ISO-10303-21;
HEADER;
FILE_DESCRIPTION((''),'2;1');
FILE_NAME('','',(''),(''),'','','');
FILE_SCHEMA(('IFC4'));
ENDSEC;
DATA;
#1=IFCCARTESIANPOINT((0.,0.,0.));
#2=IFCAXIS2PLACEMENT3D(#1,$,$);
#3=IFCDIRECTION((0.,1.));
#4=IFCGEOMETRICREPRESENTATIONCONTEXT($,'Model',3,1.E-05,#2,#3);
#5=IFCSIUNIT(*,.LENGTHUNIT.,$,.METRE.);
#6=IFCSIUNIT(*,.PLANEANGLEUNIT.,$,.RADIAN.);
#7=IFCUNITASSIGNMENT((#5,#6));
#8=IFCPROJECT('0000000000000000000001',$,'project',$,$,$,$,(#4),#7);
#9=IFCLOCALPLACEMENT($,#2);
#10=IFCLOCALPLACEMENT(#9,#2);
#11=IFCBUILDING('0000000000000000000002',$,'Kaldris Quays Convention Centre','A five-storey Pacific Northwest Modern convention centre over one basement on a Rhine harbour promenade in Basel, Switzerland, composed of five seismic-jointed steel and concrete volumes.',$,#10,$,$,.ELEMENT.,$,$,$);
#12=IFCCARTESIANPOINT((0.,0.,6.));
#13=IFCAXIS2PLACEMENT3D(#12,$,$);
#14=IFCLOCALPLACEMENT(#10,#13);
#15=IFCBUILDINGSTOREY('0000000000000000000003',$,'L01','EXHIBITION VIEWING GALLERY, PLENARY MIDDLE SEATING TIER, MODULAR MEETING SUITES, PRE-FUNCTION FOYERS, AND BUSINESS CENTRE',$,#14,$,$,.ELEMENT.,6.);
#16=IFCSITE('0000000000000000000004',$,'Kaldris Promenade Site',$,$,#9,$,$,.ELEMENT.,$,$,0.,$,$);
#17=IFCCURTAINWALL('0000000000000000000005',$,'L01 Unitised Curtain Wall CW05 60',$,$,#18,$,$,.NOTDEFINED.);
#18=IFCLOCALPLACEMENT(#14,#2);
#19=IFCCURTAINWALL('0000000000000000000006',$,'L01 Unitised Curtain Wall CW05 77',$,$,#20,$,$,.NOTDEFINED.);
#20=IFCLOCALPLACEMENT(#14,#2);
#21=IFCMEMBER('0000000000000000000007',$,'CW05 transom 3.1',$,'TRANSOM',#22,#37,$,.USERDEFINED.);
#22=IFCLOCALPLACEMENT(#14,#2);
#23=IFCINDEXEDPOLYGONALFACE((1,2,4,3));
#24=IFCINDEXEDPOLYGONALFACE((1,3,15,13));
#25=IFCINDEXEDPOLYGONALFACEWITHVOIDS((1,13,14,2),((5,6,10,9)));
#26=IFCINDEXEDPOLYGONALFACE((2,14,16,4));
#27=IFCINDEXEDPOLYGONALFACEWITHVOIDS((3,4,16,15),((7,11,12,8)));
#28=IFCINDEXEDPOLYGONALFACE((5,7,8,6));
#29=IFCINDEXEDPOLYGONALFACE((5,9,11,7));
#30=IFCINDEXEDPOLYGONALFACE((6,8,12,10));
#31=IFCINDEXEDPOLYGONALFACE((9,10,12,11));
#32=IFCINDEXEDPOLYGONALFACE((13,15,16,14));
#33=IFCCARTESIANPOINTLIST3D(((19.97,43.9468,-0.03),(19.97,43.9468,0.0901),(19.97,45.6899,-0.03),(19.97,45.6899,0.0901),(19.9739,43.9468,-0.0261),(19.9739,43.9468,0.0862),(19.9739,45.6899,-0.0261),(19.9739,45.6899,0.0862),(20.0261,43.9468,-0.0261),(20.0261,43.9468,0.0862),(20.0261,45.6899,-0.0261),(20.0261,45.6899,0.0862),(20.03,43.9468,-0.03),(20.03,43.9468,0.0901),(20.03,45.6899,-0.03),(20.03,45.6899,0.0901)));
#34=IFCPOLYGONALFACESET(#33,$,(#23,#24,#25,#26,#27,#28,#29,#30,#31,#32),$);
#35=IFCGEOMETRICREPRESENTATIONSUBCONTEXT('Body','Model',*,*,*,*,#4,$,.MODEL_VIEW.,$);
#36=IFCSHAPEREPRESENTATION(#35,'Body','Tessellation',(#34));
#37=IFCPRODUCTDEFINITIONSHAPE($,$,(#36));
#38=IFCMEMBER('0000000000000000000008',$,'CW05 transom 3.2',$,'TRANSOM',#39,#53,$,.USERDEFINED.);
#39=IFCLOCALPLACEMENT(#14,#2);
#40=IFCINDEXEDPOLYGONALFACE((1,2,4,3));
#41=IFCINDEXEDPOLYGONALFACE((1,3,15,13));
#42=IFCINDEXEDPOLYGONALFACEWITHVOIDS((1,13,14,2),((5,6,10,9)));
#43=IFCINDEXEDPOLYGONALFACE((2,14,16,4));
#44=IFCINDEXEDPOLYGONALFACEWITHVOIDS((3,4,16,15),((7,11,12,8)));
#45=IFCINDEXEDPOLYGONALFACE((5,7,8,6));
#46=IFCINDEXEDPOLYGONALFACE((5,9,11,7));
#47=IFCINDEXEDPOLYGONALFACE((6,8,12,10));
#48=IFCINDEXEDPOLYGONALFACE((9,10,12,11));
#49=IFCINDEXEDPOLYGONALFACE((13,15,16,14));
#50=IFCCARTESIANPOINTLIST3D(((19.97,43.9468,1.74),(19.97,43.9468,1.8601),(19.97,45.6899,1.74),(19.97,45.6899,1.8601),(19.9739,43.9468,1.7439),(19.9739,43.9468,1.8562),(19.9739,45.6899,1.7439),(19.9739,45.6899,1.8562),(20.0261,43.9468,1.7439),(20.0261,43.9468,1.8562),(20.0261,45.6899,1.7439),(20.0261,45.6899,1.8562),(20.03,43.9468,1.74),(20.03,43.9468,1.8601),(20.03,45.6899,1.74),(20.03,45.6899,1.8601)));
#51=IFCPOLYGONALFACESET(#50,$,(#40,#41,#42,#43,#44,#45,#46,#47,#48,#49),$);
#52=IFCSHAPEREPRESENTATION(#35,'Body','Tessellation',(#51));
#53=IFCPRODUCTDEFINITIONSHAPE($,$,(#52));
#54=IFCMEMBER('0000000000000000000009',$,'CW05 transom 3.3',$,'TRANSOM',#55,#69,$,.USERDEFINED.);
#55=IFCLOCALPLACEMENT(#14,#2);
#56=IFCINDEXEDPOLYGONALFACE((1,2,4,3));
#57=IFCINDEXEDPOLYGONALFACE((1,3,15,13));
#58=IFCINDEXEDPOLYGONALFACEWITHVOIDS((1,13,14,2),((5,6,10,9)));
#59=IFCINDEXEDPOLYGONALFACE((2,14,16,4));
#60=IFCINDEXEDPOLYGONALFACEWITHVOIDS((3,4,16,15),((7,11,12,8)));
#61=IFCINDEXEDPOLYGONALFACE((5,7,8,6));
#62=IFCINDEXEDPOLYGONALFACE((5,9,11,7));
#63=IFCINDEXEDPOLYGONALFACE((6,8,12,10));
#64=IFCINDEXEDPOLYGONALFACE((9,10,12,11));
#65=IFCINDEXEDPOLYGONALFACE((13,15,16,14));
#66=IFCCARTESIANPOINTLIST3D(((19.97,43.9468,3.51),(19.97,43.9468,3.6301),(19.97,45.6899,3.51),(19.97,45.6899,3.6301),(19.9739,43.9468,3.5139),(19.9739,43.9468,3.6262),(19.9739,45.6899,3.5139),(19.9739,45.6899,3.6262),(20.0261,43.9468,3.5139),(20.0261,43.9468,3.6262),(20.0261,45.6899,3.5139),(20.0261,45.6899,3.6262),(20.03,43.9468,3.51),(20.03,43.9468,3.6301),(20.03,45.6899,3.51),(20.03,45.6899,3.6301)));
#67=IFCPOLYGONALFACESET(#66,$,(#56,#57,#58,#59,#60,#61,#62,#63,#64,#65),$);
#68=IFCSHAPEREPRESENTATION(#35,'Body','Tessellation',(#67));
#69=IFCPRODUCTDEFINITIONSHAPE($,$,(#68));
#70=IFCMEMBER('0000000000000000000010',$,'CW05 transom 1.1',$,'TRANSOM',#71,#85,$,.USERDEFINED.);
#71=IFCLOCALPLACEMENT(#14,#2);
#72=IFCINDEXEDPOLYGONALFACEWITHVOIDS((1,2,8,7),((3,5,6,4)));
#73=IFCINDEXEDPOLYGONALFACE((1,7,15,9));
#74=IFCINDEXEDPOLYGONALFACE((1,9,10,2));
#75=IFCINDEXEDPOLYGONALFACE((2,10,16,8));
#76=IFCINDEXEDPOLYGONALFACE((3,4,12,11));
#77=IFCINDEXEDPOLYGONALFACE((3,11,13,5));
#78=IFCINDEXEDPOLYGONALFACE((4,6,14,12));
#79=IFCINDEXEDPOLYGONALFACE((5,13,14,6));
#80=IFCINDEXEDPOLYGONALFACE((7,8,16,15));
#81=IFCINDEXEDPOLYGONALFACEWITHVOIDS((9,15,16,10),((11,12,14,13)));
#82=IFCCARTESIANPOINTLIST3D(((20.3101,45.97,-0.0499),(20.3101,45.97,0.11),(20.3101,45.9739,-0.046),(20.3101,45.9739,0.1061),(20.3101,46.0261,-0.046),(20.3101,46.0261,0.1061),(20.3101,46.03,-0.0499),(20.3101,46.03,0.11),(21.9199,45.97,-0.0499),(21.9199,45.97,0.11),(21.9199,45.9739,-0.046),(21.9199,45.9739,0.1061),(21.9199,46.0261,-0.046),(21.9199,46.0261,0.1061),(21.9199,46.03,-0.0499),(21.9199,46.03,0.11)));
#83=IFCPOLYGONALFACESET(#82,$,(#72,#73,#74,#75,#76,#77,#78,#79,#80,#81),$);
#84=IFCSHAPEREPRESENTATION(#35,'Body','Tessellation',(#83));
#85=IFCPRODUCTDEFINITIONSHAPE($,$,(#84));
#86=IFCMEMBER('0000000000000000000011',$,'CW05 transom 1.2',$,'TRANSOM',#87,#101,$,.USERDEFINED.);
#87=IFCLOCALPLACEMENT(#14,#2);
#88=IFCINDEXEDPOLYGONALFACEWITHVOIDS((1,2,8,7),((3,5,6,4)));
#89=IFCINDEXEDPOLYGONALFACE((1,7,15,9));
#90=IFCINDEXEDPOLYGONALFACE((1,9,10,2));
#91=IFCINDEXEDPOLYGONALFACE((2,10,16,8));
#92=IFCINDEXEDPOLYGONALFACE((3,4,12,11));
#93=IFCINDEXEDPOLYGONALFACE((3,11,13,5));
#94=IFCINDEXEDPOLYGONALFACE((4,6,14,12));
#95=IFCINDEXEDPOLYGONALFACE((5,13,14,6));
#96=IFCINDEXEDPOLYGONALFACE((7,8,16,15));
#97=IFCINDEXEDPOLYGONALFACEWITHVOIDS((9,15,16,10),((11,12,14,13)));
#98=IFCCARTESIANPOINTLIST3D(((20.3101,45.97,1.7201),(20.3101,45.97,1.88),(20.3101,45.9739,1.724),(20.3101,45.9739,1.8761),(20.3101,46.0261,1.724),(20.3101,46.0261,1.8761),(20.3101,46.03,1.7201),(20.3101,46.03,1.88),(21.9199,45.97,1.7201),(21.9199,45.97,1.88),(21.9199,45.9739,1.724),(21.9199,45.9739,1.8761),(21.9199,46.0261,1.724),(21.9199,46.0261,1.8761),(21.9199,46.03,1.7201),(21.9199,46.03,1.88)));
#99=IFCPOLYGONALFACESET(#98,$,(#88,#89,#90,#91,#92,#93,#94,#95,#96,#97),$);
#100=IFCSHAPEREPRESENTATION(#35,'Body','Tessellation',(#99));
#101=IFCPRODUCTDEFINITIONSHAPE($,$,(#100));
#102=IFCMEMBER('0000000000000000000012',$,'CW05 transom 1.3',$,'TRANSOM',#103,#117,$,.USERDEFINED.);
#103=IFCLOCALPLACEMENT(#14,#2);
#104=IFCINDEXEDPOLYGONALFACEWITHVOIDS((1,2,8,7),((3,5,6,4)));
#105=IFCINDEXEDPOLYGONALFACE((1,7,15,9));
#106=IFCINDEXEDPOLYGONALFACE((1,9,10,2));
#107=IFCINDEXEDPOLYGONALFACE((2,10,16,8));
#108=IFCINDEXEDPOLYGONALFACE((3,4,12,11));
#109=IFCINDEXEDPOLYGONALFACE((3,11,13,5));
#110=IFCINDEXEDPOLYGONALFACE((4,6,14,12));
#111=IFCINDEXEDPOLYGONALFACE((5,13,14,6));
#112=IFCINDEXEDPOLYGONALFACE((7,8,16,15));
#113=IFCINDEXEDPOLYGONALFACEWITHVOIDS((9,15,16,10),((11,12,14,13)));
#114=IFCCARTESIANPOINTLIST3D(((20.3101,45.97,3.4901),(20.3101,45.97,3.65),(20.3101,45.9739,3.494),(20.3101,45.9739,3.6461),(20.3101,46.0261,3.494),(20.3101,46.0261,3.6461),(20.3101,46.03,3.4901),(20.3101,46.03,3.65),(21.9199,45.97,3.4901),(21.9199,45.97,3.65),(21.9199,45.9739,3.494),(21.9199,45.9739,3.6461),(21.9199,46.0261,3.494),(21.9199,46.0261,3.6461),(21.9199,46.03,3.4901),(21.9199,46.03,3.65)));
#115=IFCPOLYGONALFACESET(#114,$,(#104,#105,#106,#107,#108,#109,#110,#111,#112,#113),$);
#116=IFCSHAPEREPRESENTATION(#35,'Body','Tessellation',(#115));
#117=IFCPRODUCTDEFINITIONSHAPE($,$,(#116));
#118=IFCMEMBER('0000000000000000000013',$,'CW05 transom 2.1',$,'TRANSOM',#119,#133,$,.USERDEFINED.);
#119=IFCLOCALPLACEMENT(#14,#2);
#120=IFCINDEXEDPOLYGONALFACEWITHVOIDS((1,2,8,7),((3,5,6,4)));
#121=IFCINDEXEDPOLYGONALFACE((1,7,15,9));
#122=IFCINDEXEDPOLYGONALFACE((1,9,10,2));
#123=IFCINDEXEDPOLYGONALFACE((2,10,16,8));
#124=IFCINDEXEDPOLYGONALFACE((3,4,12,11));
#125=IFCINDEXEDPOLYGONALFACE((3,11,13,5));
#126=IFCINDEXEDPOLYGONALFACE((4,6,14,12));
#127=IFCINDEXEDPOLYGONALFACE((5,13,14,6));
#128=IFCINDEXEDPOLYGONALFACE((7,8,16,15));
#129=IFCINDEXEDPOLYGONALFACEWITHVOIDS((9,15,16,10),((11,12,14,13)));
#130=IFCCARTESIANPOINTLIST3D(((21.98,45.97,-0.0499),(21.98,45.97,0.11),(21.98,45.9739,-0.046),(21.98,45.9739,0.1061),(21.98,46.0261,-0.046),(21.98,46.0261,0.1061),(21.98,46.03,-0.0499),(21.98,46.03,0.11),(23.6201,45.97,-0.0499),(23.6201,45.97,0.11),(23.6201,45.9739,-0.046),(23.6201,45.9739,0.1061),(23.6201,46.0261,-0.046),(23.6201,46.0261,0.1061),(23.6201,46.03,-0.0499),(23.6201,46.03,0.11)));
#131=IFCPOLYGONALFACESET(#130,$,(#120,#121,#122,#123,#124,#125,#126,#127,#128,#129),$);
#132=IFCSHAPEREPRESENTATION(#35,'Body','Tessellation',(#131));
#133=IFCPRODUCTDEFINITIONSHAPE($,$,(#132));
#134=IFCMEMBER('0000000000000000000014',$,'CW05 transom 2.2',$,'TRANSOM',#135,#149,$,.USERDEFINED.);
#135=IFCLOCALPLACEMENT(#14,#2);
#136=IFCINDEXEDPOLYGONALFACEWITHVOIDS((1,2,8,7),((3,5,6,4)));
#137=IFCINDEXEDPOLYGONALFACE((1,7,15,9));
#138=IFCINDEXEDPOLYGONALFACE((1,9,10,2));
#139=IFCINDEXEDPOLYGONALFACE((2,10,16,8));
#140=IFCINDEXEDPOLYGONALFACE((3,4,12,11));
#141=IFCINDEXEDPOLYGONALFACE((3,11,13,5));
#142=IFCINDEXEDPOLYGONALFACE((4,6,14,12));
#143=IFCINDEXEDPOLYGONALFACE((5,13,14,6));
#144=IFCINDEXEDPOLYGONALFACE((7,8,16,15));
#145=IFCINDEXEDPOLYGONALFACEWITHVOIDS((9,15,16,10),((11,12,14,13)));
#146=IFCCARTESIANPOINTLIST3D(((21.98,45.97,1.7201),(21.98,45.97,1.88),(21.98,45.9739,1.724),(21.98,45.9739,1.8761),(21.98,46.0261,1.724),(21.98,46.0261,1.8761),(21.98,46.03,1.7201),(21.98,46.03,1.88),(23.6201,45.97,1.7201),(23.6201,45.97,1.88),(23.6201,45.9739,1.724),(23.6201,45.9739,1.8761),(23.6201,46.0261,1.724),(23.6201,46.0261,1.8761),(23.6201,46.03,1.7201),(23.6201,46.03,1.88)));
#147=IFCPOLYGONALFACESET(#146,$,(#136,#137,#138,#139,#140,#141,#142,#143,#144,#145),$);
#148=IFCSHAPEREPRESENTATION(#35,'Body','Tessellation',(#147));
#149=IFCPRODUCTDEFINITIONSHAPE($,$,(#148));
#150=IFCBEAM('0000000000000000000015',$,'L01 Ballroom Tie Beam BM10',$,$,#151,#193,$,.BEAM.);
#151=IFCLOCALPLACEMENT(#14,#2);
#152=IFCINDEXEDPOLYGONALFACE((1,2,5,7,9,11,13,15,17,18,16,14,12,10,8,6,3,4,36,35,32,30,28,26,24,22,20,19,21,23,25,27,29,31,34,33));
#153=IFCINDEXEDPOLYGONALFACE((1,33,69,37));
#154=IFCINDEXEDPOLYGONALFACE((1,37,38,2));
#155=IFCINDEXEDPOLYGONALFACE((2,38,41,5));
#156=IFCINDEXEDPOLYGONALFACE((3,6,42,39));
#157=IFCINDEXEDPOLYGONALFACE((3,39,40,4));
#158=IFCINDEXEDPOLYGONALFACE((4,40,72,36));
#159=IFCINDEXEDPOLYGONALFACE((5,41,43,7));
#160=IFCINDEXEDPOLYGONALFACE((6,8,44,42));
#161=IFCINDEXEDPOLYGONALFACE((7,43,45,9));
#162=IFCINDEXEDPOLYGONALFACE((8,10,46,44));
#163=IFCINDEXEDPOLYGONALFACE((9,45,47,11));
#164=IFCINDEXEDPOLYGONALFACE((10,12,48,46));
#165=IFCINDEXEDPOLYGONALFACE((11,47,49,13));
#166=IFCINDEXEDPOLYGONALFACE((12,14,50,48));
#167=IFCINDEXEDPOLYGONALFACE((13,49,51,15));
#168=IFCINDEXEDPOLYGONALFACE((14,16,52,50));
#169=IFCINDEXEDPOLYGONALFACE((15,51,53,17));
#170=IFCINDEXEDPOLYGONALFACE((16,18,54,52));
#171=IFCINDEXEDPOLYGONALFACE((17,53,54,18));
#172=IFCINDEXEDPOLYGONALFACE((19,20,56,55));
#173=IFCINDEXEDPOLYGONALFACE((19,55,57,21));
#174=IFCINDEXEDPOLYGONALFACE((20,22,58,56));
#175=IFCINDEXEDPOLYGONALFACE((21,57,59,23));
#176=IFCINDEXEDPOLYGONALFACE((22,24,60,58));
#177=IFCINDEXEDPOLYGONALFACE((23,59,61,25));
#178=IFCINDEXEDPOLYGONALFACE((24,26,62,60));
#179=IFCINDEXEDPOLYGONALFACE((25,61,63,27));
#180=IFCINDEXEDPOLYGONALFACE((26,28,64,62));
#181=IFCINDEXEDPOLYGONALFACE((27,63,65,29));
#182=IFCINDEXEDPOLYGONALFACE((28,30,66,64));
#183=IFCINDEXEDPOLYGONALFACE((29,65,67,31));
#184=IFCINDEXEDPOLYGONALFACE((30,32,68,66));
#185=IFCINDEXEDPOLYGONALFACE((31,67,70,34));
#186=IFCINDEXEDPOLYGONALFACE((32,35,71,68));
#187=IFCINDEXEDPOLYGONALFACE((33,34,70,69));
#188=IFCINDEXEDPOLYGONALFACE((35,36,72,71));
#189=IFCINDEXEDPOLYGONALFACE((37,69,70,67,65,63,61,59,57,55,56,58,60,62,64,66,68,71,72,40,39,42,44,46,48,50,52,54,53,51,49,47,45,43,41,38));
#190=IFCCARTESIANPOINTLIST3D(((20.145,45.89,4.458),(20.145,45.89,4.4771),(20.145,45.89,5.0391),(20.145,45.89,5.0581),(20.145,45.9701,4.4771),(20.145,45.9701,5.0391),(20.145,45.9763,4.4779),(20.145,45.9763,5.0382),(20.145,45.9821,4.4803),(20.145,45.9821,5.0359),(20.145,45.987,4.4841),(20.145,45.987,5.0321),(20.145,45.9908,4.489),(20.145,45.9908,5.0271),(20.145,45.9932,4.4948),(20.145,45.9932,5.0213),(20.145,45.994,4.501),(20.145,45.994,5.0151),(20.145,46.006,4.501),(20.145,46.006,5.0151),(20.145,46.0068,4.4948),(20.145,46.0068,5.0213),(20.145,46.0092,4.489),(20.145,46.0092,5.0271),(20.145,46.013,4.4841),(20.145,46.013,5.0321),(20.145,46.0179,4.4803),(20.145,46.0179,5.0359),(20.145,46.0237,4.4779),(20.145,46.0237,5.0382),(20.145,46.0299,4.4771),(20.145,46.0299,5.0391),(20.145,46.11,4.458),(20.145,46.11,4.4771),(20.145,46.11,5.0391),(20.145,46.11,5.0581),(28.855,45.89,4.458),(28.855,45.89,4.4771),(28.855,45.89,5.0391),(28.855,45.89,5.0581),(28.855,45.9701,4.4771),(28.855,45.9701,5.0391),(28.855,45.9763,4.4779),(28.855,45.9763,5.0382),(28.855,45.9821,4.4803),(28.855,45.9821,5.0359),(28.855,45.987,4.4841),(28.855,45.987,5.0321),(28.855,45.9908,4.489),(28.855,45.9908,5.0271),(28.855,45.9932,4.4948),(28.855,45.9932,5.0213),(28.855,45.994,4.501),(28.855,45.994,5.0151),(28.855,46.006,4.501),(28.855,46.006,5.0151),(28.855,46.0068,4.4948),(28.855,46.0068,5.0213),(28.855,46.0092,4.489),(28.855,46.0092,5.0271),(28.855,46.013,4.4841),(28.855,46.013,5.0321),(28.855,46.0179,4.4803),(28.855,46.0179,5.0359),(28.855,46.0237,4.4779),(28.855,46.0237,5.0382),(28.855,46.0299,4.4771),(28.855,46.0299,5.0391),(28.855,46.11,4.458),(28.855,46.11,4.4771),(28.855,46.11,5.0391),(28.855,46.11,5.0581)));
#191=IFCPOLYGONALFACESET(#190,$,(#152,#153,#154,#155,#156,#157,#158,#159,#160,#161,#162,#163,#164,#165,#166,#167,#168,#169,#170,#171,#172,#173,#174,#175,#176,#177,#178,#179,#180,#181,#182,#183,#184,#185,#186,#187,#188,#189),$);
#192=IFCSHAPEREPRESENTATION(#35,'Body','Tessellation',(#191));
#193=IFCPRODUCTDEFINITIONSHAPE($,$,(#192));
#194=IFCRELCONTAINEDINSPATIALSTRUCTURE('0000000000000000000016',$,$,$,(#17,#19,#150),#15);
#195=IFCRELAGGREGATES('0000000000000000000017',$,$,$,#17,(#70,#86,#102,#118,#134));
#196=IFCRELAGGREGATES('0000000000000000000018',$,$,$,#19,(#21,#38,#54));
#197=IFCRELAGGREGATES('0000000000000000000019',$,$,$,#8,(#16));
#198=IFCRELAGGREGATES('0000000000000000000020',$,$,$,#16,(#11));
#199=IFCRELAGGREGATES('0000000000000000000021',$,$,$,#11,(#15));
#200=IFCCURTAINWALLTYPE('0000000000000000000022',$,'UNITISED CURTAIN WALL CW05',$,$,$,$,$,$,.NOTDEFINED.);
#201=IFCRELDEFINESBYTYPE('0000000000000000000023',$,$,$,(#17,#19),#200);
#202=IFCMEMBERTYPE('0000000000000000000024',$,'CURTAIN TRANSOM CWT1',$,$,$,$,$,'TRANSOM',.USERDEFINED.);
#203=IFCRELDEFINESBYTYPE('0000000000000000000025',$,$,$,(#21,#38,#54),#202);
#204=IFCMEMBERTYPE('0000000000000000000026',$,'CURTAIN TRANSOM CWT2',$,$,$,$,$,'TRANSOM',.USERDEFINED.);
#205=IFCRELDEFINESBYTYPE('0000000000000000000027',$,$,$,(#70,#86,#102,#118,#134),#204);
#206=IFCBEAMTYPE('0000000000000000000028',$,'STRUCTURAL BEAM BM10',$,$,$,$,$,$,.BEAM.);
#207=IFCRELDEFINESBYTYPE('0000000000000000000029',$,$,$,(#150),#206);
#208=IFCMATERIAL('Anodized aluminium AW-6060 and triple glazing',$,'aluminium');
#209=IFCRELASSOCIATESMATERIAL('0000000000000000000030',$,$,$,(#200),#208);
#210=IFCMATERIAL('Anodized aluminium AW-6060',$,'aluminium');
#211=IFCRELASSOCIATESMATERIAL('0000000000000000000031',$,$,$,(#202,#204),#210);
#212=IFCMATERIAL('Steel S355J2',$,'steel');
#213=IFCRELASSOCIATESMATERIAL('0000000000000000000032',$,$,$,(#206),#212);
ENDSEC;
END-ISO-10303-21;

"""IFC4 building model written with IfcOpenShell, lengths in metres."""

from ifc_helpers import new_model, si_unit, direction, frame, origin, origin_2d, place, context, subcontext, project, spatial, hollow_rectangle, i_section, extrude, material, material_profile, profile_set, type_object, element, aggregate, save


model = new_model("IFC4")

# Units and contexts
model_context = context("Model", 3, precision=1e-05, world=origin(), true_north=direction((0.0, 1.0)))
body_context = subcontext(model_context, "Body", "Model", "MODEL_VIEW")
ifc_project = project(units=[si_unit("LENGTHUNIT", "METRE"), si_unit("PLANEANGLEUNIT", "RADIAN")], contexts=[model_context])

# Site, building, storey
site_placement = place(None, origin())
site = spatial("IfcSite", under=ifc_project, at=site_placement, Name="Kaldris Promenade Site", CompositionType="ELEMENT", RefElevation=0.0)
building_placement = place(site_placement, origin())
building = spatial("IfcBuilding", under=site, at=building_placement, Name="Kaldris Quays Convention Centre", Description="A five-storey Pacific Northwest Modern convention centre over one basement on a Rhine harbour promenade in Basel, Switzerland, composed of five seismic-jointed steel and concrete volumes.", CompositionType="ELEMENT")
storey_placement = place(building_placement, frame((0.0, 0.0, 6.0)))
storey = spatial("IfcBuildingStorey", under=building, at=storey_placement, Name="L01", Description="EXHIBITION VIEWING GALLERY, PLENARY MIDDLE SEATING TIER, MODULAR MEETING SUITES, PRE-FUNCTION FOYERS, AND BUSINESS CENTRE", CompositionType="ELEMENT", Elevation=6.0)

# Curtain walls, members
ifc_material_1 = material(Name="Anodized aluminium AW-6060 and triple glazing", Category="aluminium")
curtain_wall_type = type_object("IfcCurtainWallType", Name="UNITISED CURTAIN WALL CW05", PredefinedType="NOTDEFINED", material=ifc_material_1)
curtain_wall_1_placement = place(storey_placement, origin())
curtain_wall_1 = element("IfcCurtainWall", 1, at=curtain_wall_1_placement, inside=storey, type_object=curtain_wall_type, Name="L01 Unitised Curtain Wall CW05 60", PredefinedType="NOTDEFINED")
ifc_material_2 = material(Name="Anodized aluminium AW-6060", Category="aluminium")
curtain_wall_2_placement = place(storey_placement, origin())
curtain_wall_2 = element("IfcCurtainWall", 2, at=curtain_wall_2_placement, inside=storey, type_object=curtain_wall_type, Name="L01 Unitised Curtain Wall CW05 77", PredefinedType="NOTDEFINED")
ifc_material_profile_1 = material_profile(ifc_material_2, hollow_rectangle(XDim=0.0601, YDim=0.1201, WallThickness=0.0039, at=origin_2d()), Name="RHS 120x60x4")
ifc_profile_set_1 = profile_set([ifc_material_profile_1], Name="Anodized aluminium AW-6060")
member_type_1 = type_object("IfcMemberType", Name="CURTAIN TRANSOM CWT1", ElementType="TRANSOM", PredefinedType="USERDEFINED", material=ifc_profile_set_1)
member_1_placement = place(storey_placement, frame((20.0, 43.9468, 0.03), z_axis=(0.0, 1.0, 0.0), x_axis=(-1.0, 0.0, 0.0)))
member_1 = element("IfcMember", 3, at=member_1_placement, type_object=member_type_1, Name="CW05 transom 3.1", ObjectType="TRANSOM", PredefinedType="USERDEFINED", context=body_context, shape_type="SweptSolid", body=[
    extrude(hollow_rectangle(XDim=0.0601, YDim=0.1201, WallThickness=0.0039, at=origin_2d()), origin(), (0.0, 0.0, 1.0), 1.7432),
])
member_2_placement = place(storey_placement, frame((20.0, 43.9468, 1.8), z_axis=(0.0, 1.0, 0.0), x_axis=(-1.0, 0.0, 0.0)))
member_2 = element("IfcMember", 4, at=member_2_placement, type_object=member_type_1, Name="CW05 transom 3.2", ObjectType="TRANSOM", PredefinedType="USERDEFINED", context=body_context, shape_type="SweptSolid", body=[
    extrude(hollow_rectangle(XDim=0.0601, YDim=0.1201, WallThickness=0.0039, at=origin_2d()), origin(), (0.0, 0.0, 1.0), 1.7432),
])
member_3_placement = place(storey_placement, frame((20.0, 43.9468, 3.5701), z_axis=(0.0, 1.0, 0.0), x_axis=(-1.0, 0.0, 0.0)))
member_3 = element("IfcMember", 5, at=member_3_placement, type_object=member_type_1, Name="CW05 transom 3.3", ObjectType="TRANSOM", PredefinedType="USERDEFINED", context=body_context, shape_type="SweptSolid", body=[
    extrude(hollow_rectangle(XDim=0.0601, YDim=0.1201, WallThickness=0.0039, at=origin_2d()), origin(), (0.0, 0.0, 1.0), 1.7432),
])

# Members
ifc_material_profile_2 = material_profile(ifc_material_2, hollow_rectangle(XDim=0.0601, YDim=0.1599, WallThickness=0.0039, at=origin_2d()), Name="RHS 160x60x4")
ifc_profile_set_2 = profile_set([ifc_material_profile_2], Name="Anodized aluminium AW-6060")
member_type_2 = type_object("IfcMemberType", Name="CURTAIN TRANSOM CWT2", ElementType="TRANSOM", PredefinedType="USERDEFINED", material=ifc_profile_set_2)
member_4_placement = place(storey_placement, frame((20.3101, 46.0, 0.03), z_axis=(1.0, 0.0, 0.0), x_axis=(0.0, 1.0, 0.0)))
member_4 = element("IfcMember", 6, at=member_4_placement, type_object=member_type_2, Name="CW05 transom 1.1", ObjectType="TRANSOM", PredefinedType="USERDEFINED", context=body_context, shape_type="SweptSolid", body=[
    extrude(hollow_rectangle(XDim=0.0601, YDim=0.1599, WallThickness=0.0039, at=origin_2d()), origin(), (0.0, 0.0, 1.0), 1.6099),
])
member_5_placement = place(storey_placement, frame((20.3101, 46.0, 1.8), z_axis=(1.0, 0.0, 0.0), x_axis=(0.0, 1.0, 0.0)))
member_5 = element("IfcMember", 7, at=member_5_placement, type_object=member_type_2, Name="CW05 transom 1.2", ObjectType="TRANSOM", PredefinedType="USERDEFINED", context=body_context, shape_type="SweptSolid", body=[
    extrude(hollow_rectangle(XDim=0.0601, YDim=0.1599, WallThickness=0.0039, at=origin_2d()), origin(), (0.0, 0.0, 1.0), 1.6099),
])
member_6_placement = place(storey_placement, frame((20.3101, 46.0, 3.5701), z_axis=(1.0, 0.0, 0.0), x_axis=(0.0, 1.0, 0.0)))
member_6 = element("IfcMember", 8, at=member_6_placement, type_object=member_type_2, Name="CW05 transom 1.3", ObjectType="TRANSOM", PredefinedType="USERDEFINED", context=body_context, shape_type="SweptSolid", body=[
    extrude(hollow_rectangle(XDim=0.0601, YDim=0.1599, WallThickness=0.0039, at=origin_2d()), origin(), (0.0, 0.0, 1.0), 1.6099),
])
member_7_placement = place(storey_placement, frame((21.98, 46.0, 0.03), z_axis=(1.0, 0.0, 0.0), x_axis=(0.0, 1.0, 0.0)))
member_7 = element("IfcMember", 9, at=member_7_placement, type_object=member_type_2, Name="CW05 transom 2.1", ObjectType="TRANSOM", PredefinedType="USERDEFINED", context=body_context, shape_type="SweptSolid", body=[
    extrude(hollow_rectangle(XDim=0.0601, YDim=0.1599, WallThickness=0.0039, at=origin_2d()), origin(), (0.0, 0.0, 1.0), 1.6401),
])
member_8_placement = place(storey_placement, frame((21.98, 46.0, 1.8), z_axis=(1.0, 0.0, 0.0), x_axis=(0.0, 1.0, 0.0)))
member_8 = element("IfcMember", 10, at=member_8_placement, type_object=member_type_2, Name="CW05 transom 2.2", ObjectType="TRANSOM", PredefinedType="USERDEFINED", context=body_context, shape_type="SweptSolid", body=[
    extrude(hollow_rectangle(XDim=0.0601, YDim=0.1599, WallThickness=0.0039, at=origin_2d()), origin(), (0.0, 0.0, 1.0), 1.6401),
])

# Beam
ifc_material_3 = material(Name="Steel S355J2", Category="steel")
ifc_material_profile_3 = material_profile(ifc_material_3, i_section(OverallWidth=0.22, OverallDepth=0.6001, WebThickness=0.012, FlangeThickness=0.019, FilletRadius=0.0239, at=origin_2d()), Name="IPE 600")
ifc_profile_set_3 = profile_set([ifc_material_profile_3], Name="Steel S355J2")
beam_type = type_object("IfcBeamType", Name="STRUCTURAL BEAM BM10", PredefinedType="BEAM", material=ifc_profile_set_3)
beam_placement = place(storey_placement, frame((20.145, 46.0, 4.7581), z_axis=(1.0, 0.0, 0.0), x_axis=(0.0, 1.0, 0.0)))
element("IfcBeam", 11, at=beam_placement, inside=storey, type_object=beam_type, Name="L01 Ballroom Tie Beam BM10", PredefinedType="BEAM", context=body_context, shape_type="SweptSolid", body=[
    extrude(i_section(OverallWidth=0.22, OverallDepth=0.6001, WebThickness=0.012, FlangeThickness=0.019, FilletRadius=0.0239, at=origin_2d()), origin(), (0.0, 0.0, 1.0), 8.71),
])

aggregate(curtain_wall_1, [member_4, member_5, member_6, member_7, member_8])
aggregate(curtain_wall_2, [member_1, member_2, member_3])

save(model, "model.ifc")
